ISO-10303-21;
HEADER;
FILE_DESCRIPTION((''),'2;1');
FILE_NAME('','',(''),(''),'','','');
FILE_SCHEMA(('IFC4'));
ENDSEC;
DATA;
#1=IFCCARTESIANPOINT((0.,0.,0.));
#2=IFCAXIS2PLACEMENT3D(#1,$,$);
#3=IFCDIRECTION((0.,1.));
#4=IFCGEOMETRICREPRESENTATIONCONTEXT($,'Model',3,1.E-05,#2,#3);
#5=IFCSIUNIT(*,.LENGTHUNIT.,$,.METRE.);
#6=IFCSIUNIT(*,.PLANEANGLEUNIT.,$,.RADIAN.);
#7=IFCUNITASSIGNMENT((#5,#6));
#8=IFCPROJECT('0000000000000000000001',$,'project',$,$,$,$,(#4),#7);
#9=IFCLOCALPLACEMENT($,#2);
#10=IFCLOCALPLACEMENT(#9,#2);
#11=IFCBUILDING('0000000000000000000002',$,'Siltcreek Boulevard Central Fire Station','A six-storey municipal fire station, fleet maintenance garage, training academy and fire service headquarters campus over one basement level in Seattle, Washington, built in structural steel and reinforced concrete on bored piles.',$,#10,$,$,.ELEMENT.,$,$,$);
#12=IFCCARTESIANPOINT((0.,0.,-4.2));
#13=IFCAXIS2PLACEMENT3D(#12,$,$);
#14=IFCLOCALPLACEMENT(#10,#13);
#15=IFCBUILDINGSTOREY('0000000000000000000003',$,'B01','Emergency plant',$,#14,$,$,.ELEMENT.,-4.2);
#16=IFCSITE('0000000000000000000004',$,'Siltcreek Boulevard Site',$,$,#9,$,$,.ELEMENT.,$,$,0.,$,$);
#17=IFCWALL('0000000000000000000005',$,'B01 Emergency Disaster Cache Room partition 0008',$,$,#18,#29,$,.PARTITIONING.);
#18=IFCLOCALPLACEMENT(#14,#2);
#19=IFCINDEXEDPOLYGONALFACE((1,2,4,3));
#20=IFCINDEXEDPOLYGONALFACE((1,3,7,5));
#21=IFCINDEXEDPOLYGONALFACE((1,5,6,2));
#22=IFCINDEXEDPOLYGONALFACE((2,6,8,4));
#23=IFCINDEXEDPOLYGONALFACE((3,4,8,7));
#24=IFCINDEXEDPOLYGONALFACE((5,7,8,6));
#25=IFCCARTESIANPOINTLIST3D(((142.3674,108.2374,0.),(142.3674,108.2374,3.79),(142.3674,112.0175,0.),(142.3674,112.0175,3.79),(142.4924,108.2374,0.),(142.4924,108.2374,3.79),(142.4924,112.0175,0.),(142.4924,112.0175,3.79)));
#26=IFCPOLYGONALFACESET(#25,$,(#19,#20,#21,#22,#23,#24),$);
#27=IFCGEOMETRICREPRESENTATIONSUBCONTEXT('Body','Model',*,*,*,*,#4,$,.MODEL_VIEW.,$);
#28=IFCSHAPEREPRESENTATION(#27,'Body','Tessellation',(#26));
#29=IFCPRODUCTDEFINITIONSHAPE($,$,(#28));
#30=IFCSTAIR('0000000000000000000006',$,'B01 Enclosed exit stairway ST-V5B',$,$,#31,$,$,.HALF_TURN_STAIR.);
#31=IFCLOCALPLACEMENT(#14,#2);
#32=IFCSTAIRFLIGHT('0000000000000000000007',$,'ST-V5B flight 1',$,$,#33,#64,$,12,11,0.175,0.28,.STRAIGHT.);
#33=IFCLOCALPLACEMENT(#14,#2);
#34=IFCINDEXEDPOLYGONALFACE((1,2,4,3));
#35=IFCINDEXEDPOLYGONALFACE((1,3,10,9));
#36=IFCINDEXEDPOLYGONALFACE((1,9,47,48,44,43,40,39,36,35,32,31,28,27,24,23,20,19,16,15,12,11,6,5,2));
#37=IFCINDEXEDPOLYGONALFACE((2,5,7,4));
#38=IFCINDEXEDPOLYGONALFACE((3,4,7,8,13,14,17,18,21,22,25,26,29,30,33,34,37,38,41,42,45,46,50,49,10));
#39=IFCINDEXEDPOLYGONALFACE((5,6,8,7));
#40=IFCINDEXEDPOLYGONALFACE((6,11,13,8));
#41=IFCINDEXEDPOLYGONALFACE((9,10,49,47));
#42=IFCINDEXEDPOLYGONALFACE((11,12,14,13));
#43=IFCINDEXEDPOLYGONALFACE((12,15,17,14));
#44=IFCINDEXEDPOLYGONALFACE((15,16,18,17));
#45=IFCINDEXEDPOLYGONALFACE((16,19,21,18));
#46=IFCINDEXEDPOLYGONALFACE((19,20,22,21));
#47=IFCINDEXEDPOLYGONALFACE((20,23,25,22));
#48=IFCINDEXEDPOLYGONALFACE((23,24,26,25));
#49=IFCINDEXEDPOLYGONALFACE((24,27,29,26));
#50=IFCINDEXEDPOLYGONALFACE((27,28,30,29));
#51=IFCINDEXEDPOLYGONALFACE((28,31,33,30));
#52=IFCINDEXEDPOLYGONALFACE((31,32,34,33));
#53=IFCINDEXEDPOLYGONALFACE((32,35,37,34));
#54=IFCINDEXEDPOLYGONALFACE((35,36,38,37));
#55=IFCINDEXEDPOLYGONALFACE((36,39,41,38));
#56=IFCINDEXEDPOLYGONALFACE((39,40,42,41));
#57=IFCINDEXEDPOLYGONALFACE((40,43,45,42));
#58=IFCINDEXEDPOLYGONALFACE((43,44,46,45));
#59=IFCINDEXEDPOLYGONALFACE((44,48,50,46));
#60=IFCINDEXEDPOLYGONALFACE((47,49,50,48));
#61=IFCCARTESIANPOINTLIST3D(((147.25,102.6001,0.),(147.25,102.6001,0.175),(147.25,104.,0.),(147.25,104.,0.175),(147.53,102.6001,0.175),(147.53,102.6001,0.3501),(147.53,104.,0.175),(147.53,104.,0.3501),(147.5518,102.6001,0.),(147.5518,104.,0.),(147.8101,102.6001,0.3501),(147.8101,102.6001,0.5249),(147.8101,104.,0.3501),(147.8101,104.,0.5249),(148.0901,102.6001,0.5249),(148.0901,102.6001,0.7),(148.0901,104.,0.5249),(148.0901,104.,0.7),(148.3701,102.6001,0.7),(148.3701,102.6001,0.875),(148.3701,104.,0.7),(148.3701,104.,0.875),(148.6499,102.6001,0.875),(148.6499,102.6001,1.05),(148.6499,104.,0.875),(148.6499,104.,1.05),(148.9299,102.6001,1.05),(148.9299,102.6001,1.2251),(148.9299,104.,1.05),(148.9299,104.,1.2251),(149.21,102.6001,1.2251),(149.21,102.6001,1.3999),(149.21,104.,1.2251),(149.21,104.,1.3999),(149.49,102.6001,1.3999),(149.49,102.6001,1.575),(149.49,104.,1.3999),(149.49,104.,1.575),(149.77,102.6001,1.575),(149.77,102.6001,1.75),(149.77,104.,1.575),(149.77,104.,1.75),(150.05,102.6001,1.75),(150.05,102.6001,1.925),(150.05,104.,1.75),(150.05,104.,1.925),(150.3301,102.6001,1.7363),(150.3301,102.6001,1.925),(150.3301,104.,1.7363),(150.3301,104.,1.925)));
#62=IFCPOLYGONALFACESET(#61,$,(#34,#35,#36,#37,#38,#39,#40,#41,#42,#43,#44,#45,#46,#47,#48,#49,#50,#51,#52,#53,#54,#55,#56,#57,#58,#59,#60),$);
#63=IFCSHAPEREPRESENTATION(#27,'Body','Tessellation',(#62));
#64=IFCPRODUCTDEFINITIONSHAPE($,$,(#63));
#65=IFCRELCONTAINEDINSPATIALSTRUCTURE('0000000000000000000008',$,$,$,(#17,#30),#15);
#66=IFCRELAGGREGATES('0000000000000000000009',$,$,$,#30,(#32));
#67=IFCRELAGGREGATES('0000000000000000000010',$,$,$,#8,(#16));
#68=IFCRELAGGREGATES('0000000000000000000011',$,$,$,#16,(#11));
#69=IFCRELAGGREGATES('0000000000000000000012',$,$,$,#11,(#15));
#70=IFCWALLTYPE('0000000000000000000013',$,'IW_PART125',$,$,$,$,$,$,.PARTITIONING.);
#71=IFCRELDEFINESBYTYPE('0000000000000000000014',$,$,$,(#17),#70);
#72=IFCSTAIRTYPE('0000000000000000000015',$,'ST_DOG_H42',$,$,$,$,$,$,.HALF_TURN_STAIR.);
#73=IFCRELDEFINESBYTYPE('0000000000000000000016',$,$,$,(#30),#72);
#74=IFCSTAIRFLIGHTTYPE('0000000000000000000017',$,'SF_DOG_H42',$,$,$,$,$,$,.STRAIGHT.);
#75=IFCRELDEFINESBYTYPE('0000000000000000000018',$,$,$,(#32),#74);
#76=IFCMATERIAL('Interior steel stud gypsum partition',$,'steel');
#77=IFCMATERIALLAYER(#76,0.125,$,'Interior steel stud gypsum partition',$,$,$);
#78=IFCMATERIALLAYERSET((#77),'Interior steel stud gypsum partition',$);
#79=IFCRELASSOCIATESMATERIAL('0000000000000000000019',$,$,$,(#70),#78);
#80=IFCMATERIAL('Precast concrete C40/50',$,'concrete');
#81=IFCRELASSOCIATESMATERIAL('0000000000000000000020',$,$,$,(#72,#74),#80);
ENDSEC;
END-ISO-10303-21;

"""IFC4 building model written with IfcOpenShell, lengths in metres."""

from ifc_helpers import new_model, si_unit, direction, frame, frame_2d, origin, place, context, subcontext, project, spatial, polyline, rectangle, outline, extrude, material, layer, layer_set, type_object, element, aggregate, save


model = new_model("IFC4")

# Units and contexts
model_context = context("Model", 3, precision=1e-05, world=origin(), true_north=direction((0.0, 1.0)))
body_context = subcontext(model_context, "Body", "Model", "MODEL_VIEW")
ifc_project = project(units=[si_unit("LENGTHUNIT", "METRE"), si_unit("PLANEANGLEUNIT", "RADIAN")], contexts=[model_context])

# Site, building, storey
site_placement = place(None, origin())
site = spatial("IfcSite", under=ifc_project, at=site_placement, Name="Siltcreek Boulevard Site", CompositionType="ELEMENT", RefElevation=0.0)
building_placement = place(site_placement, origin())
building = spatial("IfcBuilding", under=site, at=building_placement, Name="Siltcreek Boulevard Central Fire Station", Description="A six-storey municipal fire station, fleet maintenance garage, training academy and fire service headquarters campus over one basement level in Seattle, Washington, built in structural steel and reinforced concrete on bored piles.", CompositionType="ELEMENT")
storey_placement = place(building_placement, frame((0.0, 0.0, -4.2)))
storey = spatial("IfcBuildingStorey", under=building, at=storey_placement, Name="B01", Description="Emergency plant", CompositionType="ELEMENT", Elevation=-4.2)

# Wall
ifc_material_1 = material(Name="Interior steel stud gypsum partition", Category="steel")
ifc_layer_1 = layer(ifc_material_1, 0.125, Name="Interior steel stud gypsum partition")
ifc_layer_set_1 = layer_set([ifc_layer_1], Name="Interior steel stud gypsum partition")
wall_type_1 = type_object("IfcWallType", Name="IW_PART125", PredefinedType="PARTITIONING", material=ifc_layer_set_1)
wall_1_placement = place(storey_placement, frame((142.4299, 112.0176, 0.0), z_axis=(0.0, 0.0, 1.0), x_axis=(0.0, -1.0, 0.0)))
element("IfcWall", 1, at=wall_1_placement, inside=storey, type_object=wall_type_1, Name="B01 Emergency Disaster Cache Room partition 0008", PredefinedType="PARTITIONING", context=body_context, shape_type="SweptSolid", body=[
    extrude(rectangle(XDim=3.78, YDim=0.125, at=frame_2d((1.8901, 0.0))), origin(), (0.0, 0.0, 1.0), 3.79),
])

# Stair, stair flight
ifc_material_2 = material(Name="Precast concrete C40/50", Category="concrete")
stair_type = type_object("IfcStairType", Name="ST_DOG_H42", PredefinedType="HALF_TURN_STAIR", material=ifc_material_2)
stair_placement = place(storey_placement, origin())
stair = element("IfcStair", 2, at=stair_placement, inside=storey, type_object=stair_type, Name="B01 Enclosed exit stairway ST-V5B", PredefinedType="HALF_TURN_STAIR")
stair_flight_type = type_object("IfcStairFlightType", Name="SF_DOG_H42", PredefinedType="STRAIGHT", material=ifc_material_2)
stair_flight_placement = place(storey_placement, frame((147.25, 103.3, 0.0), z_axis=(0.0, 0.0, 1.0), x_axis=(1.0, 0.0, 0.0)))
stair_flight = element("IfcStairFlight", 3, at=stair_flight_placement, type_object=stair_flight_type, Name="ST-V5B flight 1", NumberOfRisers=12, NumberOfTreads=11, PredefinedType="STRAIGHT", RiserHeight=0.175, TreadLength=0.28, context=body_context, shape_type="SweptSolid", body=[
    extrude(outline(polyline([(0.0, 0.0), (0.0, 0.175), (0.28, 0.175), (0.28, 0.3501), (0.5601, 0.3501), (0.5601, 0.5249), (0.8401, 0.5249), (0.8401, 0.7), (1.1201, 0.7), (1.1201, 0.875), (1.3999, 0.875), (1.3999, 1.05), (1.6799, 1.05), (1.6799, 1.2251), (1.96, 1.2251), (1.96, 1.3999), (2.24, 1.3999), (2.24, 1.575), (2.52, 1.575), (2.52, 1.75), (2.8, 1.75), (2.8, 1.925), (3.0801, 1.925), (3.0801, 2.1001), (3.0801, 1.7363), (0.3018, 0.0), (0.0, 0.0)])), frame((0.0, 0.7, 0.0), z_axis=(0.0, -1.0, 0.0), x_axis=(1.0, 0.0, 0.0)), (0.0, 0.0, 1.0), 1.3999),
])
aggregate(stair, [stair_flight])

save(model, "model.ifc")
